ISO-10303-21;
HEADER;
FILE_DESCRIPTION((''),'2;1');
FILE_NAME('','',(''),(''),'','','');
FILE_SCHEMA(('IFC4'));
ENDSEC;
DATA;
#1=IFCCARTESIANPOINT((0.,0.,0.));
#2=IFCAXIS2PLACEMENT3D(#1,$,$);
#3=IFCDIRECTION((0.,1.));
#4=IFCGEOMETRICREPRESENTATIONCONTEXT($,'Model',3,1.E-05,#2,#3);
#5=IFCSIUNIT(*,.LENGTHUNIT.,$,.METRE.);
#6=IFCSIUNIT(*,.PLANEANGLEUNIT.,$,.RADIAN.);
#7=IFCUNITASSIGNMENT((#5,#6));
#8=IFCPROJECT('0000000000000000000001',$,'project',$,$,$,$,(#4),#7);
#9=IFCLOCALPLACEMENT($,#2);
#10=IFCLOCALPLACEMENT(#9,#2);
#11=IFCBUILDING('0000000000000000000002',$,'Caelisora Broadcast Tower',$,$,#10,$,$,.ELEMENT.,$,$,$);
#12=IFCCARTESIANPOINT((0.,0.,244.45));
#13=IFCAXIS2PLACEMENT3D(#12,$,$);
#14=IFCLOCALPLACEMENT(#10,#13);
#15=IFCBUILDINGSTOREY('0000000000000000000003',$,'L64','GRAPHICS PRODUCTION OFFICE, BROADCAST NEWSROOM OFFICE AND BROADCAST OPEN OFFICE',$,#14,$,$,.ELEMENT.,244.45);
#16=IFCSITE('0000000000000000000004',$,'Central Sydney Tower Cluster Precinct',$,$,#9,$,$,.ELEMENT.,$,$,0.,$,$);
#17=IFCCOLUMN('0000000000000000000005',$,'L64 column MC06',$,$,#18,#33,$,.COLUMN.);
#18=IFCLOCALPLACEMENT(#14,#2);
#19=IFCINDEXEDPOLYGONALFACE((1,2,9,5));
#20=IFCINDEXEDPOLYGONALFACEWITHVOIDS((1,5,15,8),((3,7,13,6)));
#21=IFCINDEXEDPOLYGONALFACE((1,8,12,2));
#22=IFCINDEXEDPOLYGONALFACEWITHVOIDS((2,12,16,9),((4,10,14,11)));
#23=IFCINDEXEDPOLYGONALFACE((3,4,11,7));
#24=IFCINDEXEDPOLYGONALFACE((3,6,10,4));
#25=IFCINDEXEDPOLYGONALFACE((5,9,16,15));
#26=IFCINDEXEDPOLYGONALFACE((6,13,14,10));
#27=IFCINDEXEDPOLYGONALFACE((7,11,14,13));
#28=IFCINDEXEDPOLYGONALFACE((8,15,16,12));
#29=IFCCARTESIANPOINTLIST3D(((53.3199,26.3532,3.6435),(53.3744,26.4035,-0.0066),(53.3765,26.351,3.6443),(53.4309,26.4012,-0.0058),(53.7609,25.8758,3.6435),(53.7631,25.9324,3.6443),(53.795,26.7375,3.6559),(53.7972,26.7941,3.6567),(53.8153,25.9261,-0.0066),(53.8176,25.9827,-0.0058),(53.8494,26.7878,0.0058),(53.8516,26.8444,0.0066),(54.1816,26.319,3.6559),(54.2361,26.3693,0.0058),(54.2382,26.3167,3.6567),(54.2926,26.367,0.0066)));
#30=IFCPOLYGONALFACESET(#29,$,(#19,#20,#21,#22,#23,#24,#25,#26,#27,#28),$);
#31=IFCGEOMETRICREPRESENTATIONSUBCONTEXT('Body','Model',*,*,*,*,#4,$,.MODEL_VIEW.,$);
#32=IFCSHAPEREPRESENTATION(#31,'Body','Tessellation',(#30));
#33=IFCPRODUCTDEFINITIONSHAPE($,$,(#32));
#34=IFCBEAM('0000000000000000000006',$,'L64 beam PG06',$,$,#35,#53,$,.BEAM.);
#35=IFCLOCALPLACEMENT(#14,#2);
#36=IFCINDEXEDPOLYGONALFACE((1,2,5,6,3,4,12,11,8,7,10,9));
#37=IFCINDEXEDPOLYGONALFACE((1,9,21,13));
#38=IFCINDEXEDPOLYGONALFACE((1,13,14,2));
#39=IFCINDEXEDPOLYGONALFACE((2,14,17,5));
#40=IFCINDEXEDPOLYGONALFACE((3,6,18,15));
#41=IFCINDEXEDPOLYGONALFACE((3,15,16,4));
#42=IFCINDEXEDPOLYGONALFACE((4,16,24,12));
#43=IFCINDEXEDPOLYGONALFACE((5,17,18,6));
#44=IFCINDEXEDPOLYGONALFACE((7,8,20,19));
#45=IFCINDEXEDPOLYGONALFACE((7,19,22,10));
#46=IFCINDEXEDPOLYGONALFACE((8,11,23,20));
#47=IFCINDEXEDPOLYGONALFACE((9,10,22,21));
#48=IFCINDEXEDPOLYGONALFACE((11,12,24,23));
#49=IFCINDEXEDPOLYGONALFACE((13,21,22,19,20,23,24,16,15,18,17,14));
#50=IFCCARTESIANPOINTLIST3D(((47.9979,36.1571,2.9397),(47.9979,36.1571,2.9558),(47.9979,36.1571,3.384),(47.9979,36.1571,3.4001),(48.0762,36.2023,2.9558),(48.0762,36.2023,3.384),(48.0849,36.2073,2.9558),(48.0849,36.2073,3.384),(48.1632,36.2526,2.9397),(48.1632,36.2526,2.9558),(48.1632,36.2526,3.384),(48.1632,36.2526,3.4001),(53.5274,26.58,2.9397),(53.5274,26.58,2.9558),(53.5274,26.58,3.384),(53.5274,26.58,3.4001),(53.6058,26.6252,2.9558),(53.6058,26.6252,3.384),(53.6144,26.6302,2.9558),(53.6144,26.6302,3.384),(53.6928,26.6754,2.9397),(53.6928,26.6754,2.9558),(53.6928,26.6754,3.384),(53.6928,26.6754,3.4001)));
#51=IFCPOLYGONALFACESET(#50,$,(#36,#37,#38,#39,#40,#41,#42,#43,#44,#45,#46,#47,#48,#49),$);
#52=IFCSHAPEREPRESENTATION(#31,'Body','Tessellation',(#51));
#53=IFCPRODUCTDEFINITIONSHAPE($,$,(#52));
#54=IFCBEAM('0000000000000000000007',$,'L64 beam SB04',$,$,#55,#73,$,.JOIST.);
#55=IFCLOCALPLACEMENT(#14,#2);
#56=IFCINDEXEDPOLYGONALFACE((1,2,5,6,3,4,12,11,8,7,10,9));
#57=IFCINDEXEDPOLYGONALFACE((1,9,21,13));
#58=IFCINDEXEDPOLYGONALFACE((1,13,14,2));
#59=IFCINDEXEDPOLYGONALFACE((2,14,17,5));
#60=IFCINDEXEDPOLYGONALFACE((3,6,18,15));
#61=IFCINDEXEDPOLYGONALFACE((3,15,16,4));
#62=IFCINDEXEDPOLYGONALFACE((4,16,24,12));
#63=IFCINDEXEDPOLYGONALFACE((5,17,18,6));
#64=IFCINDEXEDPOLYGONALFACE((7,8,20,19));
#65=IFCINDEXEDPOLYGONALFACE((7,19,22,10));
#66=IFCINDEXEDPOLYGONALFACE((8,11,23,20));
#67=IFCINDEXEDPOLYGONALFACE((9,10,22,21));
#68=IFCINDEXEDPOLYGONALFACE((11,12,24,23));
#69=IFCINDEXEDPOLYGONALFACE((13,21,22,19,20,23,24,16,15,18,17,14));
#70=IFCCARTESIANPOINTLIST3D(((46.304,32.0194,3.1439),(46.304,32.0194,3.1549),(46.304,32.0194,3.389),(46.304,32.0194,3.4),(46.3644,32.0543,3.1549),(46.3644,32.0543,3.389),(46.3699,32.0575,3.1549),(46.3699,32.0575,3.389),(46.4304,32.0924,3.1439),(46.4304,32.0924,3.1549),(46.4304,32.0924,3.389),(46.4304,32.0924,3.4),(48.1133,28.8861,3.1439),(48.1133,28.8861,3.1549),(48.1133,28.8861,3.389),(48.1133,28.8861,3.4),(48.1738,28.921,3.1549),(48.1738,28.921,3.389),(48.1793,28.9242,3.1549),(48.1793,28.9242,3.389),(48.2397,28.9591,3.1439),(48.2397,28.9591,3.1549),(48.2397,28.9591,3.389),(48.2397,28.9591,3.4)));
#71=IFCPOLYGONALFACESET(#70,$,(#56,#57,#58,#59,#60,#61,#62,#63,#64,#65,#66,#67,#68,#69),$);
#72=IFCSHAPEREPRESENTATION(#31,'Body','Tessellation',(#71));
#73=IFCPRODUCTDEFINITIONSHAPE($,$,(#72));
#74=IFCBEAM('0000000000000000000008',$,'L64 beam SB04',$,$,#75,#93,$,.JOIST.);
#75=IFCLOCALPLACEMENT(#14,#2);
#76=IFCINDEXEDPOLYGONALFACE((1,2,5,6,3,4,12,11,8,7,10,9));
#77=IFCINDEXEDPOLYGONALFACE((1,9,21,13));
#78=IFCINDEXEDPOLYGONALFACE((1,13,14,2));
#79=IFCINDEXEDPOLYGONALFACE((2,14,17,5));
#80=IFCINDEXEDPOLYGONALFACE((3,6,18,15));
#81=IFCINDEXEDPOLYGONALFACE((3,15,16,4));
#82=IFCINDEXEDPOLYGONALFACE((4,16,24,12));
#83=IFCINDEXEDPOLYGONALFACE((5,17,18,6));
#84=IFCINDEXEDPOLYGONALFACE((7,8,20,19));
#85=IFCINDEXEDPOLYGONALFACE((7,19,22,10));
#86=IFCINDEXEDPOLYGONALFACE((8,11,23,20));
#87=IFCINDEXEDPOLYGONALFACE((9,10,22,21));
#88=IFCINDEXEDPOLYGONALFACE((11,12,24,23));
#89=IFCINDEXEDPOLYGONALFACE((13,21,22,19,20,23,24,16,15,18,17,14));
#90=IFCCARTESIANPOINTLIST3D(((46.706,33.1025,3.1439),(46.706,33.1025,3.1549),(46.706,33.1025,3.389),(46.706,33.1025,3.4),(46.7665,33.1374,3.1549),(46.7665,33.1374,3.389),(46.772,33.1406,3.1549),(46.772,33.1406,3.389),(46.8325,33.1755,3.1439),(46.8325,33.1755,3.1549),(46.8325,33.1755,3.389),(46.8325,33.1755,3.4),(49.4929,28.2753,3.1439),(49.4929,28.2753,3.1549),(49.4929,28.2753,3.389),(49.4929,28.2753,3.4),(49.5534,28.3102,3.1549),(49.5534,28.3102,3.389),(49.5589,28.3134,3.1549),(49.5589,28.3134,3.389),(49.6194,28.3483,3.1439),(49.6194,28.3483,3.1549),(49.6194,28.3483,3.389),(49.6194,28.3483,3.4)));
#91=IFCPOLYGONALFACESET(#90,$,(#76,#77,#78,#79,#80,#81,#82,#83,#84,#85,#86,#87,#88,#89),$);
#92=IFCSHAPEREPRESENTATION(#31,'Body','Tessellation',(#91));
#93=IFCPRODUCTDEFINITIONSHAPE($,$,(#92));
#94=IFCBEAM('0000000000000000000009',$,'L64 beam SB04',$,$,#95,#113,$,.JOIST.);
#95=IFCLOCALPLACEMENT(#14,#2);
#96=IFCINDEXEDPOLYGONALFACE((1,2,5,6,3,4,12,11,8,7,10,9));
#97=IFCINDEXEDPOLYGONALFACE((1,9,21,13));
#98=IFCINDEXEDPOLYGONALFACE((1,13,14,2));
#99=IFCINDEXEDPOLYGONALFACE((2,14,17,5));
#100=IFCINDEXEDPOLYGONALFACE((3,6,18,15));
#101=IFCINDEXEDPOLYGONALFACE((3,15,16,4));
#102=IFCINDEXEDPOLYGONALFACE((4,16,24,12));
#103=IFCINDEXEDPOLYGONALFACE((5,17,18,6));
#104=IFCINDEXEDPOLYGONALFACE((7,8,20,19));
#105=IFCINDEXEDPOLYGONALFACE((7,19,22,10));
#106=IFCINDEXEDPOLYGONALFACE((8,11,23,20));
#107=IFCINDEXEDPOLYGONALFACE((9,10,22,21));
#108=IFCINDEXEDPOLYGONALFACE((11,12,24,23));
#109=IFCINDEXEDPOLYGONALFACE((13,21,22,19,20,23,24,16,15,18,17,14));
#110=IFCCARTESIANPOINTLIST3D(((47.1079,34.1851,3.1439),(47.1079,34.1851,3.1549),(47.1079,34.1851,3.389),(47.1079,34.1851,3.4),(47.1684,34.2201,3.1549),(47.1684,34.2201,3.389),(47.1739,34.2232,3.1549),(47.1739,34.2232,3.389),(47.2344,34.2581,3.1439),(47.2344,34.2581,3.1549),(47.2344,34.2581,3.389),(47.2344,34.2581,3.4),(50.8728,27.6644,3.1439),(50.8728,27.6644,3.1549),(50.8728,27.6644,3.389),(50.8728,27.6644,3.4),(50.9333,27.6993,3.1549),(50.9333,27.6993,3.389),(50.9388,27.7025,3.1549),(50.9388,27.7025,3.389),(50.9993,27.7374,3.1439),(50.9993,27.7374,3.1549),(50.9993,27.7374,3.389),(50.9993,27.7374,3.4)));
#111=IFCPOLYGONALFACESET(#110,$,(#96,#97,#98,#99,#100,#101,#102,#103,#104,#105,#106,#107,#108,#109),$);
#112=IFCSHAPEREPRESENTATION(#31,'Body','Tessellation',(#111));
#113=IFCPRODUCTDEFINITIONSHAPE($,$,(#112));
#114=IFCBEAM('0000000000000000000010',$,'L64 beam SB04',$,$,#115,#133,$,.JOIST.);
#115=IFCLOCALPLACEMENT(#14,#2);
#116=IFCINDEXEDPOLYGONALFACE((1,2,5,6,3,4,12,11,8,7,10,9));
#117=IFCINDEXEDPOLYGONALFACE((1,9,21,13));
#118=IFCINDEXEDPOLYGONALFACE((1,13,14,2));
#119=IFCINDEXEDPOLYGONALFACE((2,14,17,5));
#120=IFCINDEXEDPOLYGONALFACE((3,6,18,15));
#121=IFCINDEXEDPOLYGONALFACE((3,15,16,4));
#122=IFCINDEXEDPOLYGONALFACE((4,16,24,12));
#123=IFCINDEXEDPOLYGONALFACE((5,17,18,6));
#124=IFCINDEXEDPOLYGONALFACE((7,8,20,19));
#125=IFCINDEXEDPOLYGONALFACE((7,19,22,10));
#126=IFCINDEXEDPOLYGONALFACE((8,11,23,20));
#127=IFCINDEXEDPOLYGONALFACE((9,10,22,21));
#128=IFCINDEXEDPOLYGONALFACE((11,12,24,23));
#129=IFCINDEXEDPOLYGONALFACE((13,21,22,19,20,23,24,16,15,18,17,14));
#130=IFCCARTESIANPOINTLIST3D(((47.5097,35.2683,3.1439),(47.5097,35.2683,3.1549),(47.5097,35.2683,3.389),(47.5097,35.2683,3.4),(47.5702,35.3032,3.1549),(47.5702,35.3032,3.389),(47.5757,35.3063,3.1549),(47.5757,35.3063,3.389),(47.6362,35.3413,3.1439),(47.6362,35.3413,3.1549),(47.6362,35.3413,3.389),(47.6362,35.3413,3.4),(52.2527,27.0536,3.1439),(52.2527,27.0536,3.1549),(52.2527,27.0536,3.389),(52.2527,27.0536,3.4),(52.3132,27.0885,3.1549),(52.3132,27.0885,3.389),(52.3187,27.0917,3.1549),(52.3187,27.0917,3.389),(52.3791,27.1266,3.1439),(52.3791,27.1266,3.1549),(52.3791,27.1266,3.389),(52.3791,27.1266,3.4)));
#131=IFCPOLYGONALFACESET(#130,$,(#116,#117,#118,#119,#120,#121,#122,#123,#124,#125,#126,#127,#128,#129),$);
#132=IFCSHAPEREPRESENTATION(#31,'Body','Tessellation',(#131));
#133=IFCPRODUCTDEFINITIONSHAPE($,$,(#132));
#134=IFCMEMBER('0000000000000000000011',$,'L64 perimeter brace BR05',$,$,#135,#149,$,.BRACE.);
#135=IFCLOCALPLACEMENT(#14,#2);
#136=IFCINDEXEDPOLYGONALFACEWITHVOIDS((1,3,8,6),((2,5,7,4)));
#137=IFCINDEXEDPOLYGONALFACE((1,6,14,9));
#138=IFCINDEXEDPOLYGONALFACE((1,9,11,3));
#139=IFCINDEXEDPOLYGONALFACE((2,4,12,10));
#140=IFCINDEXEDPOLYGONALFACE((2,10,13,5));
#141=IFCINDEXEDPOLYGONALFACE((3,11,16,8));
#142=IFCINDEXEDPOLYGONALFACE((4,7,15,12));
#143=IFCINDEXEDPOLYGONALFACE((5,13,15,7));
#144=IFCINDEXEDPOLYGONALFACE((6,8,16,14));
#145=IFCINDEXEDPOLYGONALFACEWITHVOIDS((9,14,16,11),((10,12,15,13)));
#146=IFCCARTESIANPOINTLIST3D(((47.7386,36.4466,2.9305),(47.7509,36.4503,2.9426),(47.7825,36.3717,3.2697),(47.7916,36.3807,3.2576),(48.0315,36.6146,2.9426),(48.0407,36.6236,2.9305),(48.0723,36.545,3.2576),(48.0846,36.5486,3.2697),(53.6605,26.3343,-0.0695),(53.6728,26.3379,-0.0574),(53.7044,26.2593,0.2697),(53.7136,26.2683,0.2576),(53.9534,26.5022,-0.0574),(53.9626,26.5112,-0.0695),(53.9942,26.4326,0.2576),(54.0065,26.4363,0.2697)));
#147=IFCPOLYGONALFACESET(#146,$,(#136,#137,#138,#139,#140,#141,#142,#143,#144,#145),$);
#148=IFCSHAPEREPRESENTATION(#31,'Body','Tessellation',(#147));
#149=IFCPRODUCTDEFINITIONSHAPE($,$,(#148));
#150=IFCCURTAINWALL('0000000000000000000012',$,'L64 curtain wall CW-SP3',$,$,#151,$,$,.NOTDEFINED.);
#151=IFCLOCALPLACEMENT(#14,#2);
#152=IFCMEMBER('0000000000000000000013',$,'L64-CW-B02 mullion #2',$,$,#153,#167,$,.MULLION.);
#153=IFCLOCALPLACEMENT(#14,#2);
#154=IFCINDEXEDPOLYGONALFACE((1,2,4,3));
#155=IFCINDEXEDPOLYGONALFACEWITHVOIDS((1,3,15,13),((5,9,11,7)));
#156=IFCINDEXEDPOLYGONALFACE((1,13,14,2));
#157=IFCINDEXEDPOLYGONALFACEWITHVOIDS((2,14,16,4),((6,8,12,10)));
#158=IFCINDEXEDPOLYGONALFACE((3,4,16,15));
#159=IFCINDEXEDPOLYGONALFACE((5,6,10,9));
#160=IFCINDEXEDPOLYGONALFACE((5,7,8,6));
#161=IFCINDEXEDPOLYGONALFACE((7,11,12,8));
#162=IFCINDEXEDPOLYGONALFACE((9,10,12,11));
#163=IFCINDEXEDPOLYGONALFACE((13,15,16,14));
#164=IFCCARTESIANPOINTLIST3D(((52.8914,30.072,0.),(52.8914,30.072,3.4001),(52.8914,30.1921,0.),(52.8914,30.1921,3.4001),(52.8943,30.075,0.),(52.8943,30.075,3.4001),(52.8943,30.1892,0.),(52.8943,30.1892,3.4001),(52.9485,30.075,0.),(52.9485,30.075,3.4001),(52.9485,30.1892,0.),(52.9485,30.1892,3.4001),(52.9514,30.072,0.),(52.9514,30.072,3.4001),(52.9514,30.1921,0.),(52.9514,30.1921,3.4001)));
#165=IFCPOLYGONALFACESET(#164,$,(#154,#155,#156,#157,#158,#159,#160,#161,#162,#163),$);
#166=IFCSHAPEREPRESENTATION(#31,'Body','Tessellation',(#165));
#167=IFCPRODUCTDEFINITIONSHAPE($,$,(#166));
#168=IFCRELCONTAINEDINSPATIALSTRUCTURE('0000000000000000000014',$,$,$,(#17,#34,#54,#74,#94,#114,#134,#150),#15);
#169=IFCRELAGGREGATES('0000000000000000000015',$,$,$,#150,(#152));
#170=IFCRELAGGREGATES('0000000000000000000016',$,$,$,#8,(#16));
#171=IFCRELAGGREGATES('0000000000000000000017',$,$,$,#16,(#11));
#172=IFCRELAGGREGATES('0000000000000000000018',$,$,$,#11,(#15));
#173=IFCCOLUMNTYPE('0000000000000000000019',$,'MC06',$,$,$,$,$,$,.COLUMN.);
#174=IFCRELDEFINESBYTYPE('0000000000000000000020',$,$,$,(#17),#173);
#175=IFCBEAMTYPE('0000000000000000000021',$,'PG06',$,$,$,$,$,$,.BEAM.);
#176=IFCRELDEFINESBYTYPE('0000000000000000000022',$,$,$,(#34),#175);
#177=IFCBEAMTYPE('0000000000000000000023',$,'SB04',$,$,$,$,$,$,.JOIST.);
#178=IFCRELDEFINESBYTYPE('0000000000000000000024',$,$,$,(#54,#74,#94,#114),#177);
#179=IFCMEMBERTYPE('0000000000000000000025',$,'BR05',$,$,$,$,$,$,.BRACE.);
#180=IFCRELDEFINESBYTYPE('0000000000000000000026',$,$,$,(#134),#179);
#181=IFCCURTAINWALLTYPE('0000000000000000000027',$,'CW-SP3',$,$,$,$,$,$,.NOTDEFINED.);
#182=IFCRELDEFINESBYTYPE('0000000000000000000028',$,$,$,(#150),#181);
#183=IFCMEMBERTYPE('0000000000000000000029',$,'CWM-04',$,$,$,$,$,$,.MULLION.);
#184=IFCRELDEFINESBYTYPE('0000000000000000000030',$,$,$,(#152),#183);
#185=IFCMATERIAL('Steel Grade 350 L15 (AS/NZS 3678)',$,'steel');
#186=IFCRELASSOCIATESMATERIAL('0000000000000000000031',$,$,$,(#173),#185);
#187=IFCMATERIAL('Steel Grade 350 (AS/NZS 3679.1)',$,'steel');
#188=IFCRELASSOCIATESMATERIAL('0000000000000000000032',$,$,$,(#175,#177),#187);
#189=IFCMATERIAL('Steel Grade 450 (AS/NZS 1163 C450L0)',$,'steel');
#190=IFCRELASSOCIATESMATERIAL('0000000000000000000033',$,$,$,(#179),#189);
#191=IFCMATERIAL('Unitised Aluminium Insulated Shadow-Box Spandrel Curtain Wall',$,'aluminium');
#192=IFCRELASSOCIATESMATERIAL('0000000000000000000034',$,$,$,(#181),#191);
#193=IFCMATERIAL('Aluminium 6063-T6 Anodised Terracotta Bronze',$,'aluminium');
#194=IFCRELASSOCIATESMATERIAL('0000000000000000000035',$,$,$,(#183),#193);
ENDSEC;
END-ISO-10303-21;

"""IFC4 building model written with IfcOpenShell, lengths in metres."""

from ifc_helpers import new_model, si_unit, direction, frame, origin, origin_2d, place, context, subcontext, project, spatial, hollow_rectangle, i_section, extrude, source, transform, mapped, material, material_profile, profile_set, type_object, type_shapes, element, aggregate, save


model = new_model("IFC4")

# Units and contexts
model_context = context("Model", 3, precision=1e-05, world=origin(), true_north=direction((0.0, 1.0)))
body_context = subcontext(model_context, "Body", "Model", "MODEL_VIEW")
ifc_project = project(units=[si_unit("LENGTHUNIT", "METRE"), si_unit("PLANEANGLEUNIT", "RADIAN")], contexts=[model_context])

# Site, building, storey
site_placement = place(None, origin())
site = spatial("IfcSite", under=ifc_project, at=site_placement, Name="Central Sydney Tower Cluster Precinct", CompositionType="ELEMENT", RefElevation=0.0)
building_placement = place(site_placement, origin())
building = spatial("IfcBuilding", under=site, at=building_placement, Name="Caelisora Broadcast Tower", CompositionType="ELEMENT")
storey_placement = place(building_placement, frame((0.0, 0.0, 244.45)))
storey = spatial("IfcBuildingStorey", under=building, at=storey_placement, Name="L64", Description="GRAPHICS PRODUCTION OFFICE, BROADCAST NEWSROOM OFFICE AND BROADCAST OPEN OFFICE", CompositionType="ELEMENT", Elevation=244.45)

# Column
ifc_material_1 = material(Name="Steel Grade 350 L15 (AS/NZS 3678)", Category="steel")
ifc_material_profile_1 = material_profile(ifc_material_1, hollow_rectangle(XDim=0.6499, YDim=0.6499, WallThickness=0.04, at=origin_2d()), Name="Steel Grade 350 L15 (AS/NZS 3678)")
ifc_profile_set_1 = profile_set([ifc_material_profile_1], Name="Steel Grade 350 L15 (AS/NZS 3678)")
column_type = type_object("IfcColumnType", Name="MC06", PredefinedType="COLUMN", material=ifc_profile_set_1)
shared_shape_1 = source(origin(), body_context, "Body", "SweptSolid", [
    extrude(hollow_rectangle(XDim=0.6499, YDim=0.6499, WallThickness=0.04, at=origin_2d()), origin(), (0.0, 0.0, 1.0), 3.6509),
])
type_shapes(column_type, [shared_shape_1])
column_placement = place(storey_placement, frame((53.8335, 26.3853, 0.0), z_axis=(-0.014912, -0.013776, 0.999794), x_axis=(0.678554, -0.734551, 0.0)))
element("IfcColumn", 1, at=column_placement, inside=storey, type_object=column_type, Name="L64 column MC06", PredefinedType="COLUMN", context=body_context, shape_type="MappedRepresentation", body=[
    mapped(shared_shape_1, transform((0.0, 0.0, 0.0), scale=1.0)),
])

# Beams
ifc_material_2 = material(Name="Steel Grade 350 (AS/NZS 3679.1)", Category="steel")
ifc_material_profile_2 = material_profile(ifc_material_2, i_section(OverallWidth=0.1909, OverallDepth=0.4604, WebThickness=0.01, FlangeThickness=0.0161, at=origin_2d()), Name="Steel Grade 350 (AS/NZS 3679.1)")
ifc_profile_set_2 = profile_set([ifc_material_profile_2], Name="Steel Grade 350 (AS/NZS 3679.1)")
beam_type_1 = type_object("IfcBeamType", Name="PG06", PredefinedType="BEAM", material=ifc_profile_set_2)
shared_shape_2 = source(origin(), body_context, "Body", "SweptSolid", [
    extrude(i_section(OverallWidth=0.1909, OverallDepth=0.4604, WebThickness=0.01, FlangeThickness=0.0161, at=origin_2d()), origin(), (0.0, 0.0, 1.0), 11.0588),
])
type_shapes(beam_type_1, [shared_shape_2])
beam_1_placement = place(storey_placement, frame((53.6101, 26.6277, 3.1699), z_axis=(-0.500012, 0.866019, 0.0), x_axis=(-0.866019, -0.500012, 0.0)))
element("IfcBeam", 2, at=beam_1_placement, inside=storey, type_object=beam_type_1, Name="L64 beam PG06", PredefinedType="BEAM", context=body_context, shape_type="MappedRepresentation", body=[
    mapped(shared_shape_2, transform((0.0, 0.0, 0.0), scale=1.0)),
])
ifc_material_profile_3 = material_profile(ifc_material_2, i_section(OverallWidth=0.146, OverallDepth=0.2561, WebThickness=0.0063, FlangeThickness=0.011, at=origin_2d()), Name="Steel Grade 350 (AS/NZS 3679.1)")
ifc_profile_set_3 = profile_set([ifc_material_profile_3], Name="Steel Grade 350 (AS/NZS 3679.1)")
beam_type_2 = type_object("IfcBeamType", Name="SB04", PredefinedType="JOIST", material=ifc_profile_set_3)
shared_shape_3 = source(origin(), body_context, "Body", "SweptSolid", [
    extrude(i_section(OverallWidth=0.146, OverallDepth=0.2561, WebThickness=0.0063, FlangeThickness=0.011, at=origin_2d()), origin(), (0.0, 0.0, 1.0), 3.6182),
])
beam_2_placement = place(storey_placement, frame((48.1765, 28.9226, 3.272), z_axis=(-0.500065, 0.865988, 0.0), x_axis=(-0.865988, -0.500065, 0.0)))
element("IfcBeam", 3, at=beam_2_placement, inside=storey, type_object=beam_type_2, Name="L64 beam SB04", PredefinedType="JOIST", context=body_context, shape_type="MappedRepresentation", body=[
    mapped(shared_shape_3, transform((0.0, 0.0, 0.0), scale=1.0)),
])
shared_shape_4 = source(origin(), body_context, "Body", "SweptSolid", [
    extrude(i_section(OverallWidth=0.146, OverallDepth=0.2561, WebThickness=0.0063, FlangeThickness=0.011, at=origin_2d()), origin(), (0.0, 0.0, 1.0), 5.574),
])
beam_3_placement = place(storey_placement, frame((49.5562, 28.3118, 3.272), z_axis=(-0.499988, 0.866032, 0.0), x_axis=(-0.866032, -0.499988, 0.0)))
element("IfcBeam", 4, at=beam_3_placement, inside=storey, type_object=beam_type_2, Name="L64 beam SB04", PredefinedType="JOIST", context=body_context, shape_type="MappedRepresentation", body=[
    mapped(shared_shape_4, transform((0.0, 0.0, 0.0), scale=1.0)),
])
shared_shape_5 = source(origin(), body_context, "Body", "SweptSolid", [
    extrude(i_section(OverallWidth=0.146, OverallDepth=0.2561, WebThickness=0.0063, FlangeThickness=0.011, at=origin_2d()), origin(), (0.0, 0.0, 1.0), 7.5295),
])
beam_4_placement = place(storey_placement, frame((50.936, 27.7009, 3.272), z_axis=(-0.500013, 0.866018, 0.0), x_axis=(-0.866018, -0.500013, 0.0)))
element("IfcBeam", 5, at=beam_4_placement, inside=storey, type_object=beam_type_2, Name="L64 beam SB04", PredefinedType="JOIST", context=body_context, shape_type="MappedRepresentation", body=[
    mapped(shared_shape_5, transform((0.0, 0.0, 0.0), scale=1.0)),
])
shared_shape_6 = source(origin(), body_context, "Body", "SweptSolid", [
    extrude(i_section(OverallWidth=0.146, OverallDepth=0.2561, WebThickness=0.0063, FlangeThickness=0.011, at=origin_2d()), origin(), (0.0, 0.0, 1.0), 9.4856),
])
type_shapes(beam_type_2, [shared_shape_3, shared_shape_4, shared_shape_5, shared_shape_6])
beam_5_placement = place(storey_placement, frame((52.3159, 27.0901, 3.272), z_axis=(-0.500017, 0.866015, 0.0), x_axis=(-0.866015, -0.500017, 0.0)))
element("IfcBeam", 6, at=beam_5_placement, inside=storey, type_object=beam_type_2, Name="L64 beam SB04", PredefinedType="JOIST", context=body_context, shape_type="MappedRepresentation", body=[
    mapped(shared_shape_6, transform((0.0, 0.0, 0.0), scale=1.0)),
])

# Member
ifc_material_3 = material(Name="Steel Grade 450 (AS/NZS 1163 C450L0)", Category="steel")
ifc_material_profile_4 = material_profile(ifc_material_3, hollow_rectangle(XDim=0.3501, YDim=0.3501, WallThickness=0.0125, at=origin_2d()), Name="Steel Grade 450 (AS/NZS 1163 C450L0)")
ifc_profile_set_4 = profile_set([ifc_material_profile_4], Name="Steel Grade 450 (AS/NZS 1163 C450L0)")
member_type_1 = type_object("IfcMemberType", Name="BR05", PredefinedType="BRACE", material=ifc_profile_set_4)
shared_shape_7 = source(origin(), body_context, "Body", "SweptSolid", [
    extrude(hollow_rectangle(XDim=0.3501, YDim=0.3501, WallThickness=0.0125, at=origin_2d()), origin(), (0.0, 0.0, 1.0), 12.0967),
])
type_shapes(member_type_1, [shared_shape_7])
member_1_placement = place(storey_placement, frame((53.8335, 26.3853, 0.1001), z_axis=(-0.489549, 0.835964, 0.248004), x_axis=(-0.862922, -0.505337, 0.0)))
element("IfcMember", 7, at=member_1_placement, inside=storey, type_object=member_type_1, Name="L64 perimeter brace BR05", PredefinedType="BRACE", context=body_context, shape_type="MappedRepresentation", body=[
    mapped(shared_shape_7, transform((0.0, 0.0, 0.0), scale=1.0)),
])

# Curtain wall, member
ifc_material_4 = material(Name="Unitised Aluminium Insulated Shadow-Box Spandrel Curtain Wall", Category="aluminium")
curtain_wall_type_1 = type_object("IfcCurtainWallType", Name="CW-SP3", PredefinedType="NOTDEFINED", material=ifc_material_4)
curtain_wall_1_placement = place(storey_placement, origin())
curtain_wall_1 = element("IfcCurtainWall", 8, at=curtain_wall_1_placement, inside=storey, type_object=curtain_wall_type_1, Name="L64 curtain wall CW-SP3", PredefinedType="NOTDEFINED")
ifc_material_5 = material(Name="Aluminium 6063-T6 Anodised Terracotta Bronze", Category="aluminium")
ifc_material_profile_5 = material_profile(ifc_material_5, hollow_rectangle(XDim=0.0601, YDim=0.1201, WallThickness=0.0029, at=origin_2d()), Name="Aluminium 6063-T6 Anodised Terracotta Bronze")
ifc_profile_set_5 = profile_set([ifc_material_profile_5], Name="Aluminium 6063-T6 Anodised Terracotta Bronze")
member_type_2 = type_object("IfcMemberType", Name="CWM-04", PredefinedType="MULLION", material=ifc_profile_set_5)
shared_shape_8 = source(origin(), body_context, "Body", "SweptSolid", [
    extrude(hollow_rectangle(XDim=0.0601, YDim=0.1201, WallThickness=0.0029, at=origin_2d()), origin(), (0.0, 0.0, 1.0), 3.4001),
])
type_shapes(member_type_2, [shared_shape_8])
member_2_placement = place(storey_placement, frame((52.9214, 30.1321, 0.0), z_axis=(0.0, 0.0, 1.0), x_axis=(1.0, 0.0, 0.0)))
member_2 = element("IfcMember", 9, at=member_2_placement, type_object=member_type_2, Name="L64-CW-B02 mullion #2", PredefinedType="MULLION", context=body_context, shape_type="MappedRepresentation", body=[
    mapped(shared_shape_8, transform((0.0, 0.0, 0.0), scale=1.0)),
])

aggregate(curtain_wall_1, [member_2])

save(model, "model.ifc")
